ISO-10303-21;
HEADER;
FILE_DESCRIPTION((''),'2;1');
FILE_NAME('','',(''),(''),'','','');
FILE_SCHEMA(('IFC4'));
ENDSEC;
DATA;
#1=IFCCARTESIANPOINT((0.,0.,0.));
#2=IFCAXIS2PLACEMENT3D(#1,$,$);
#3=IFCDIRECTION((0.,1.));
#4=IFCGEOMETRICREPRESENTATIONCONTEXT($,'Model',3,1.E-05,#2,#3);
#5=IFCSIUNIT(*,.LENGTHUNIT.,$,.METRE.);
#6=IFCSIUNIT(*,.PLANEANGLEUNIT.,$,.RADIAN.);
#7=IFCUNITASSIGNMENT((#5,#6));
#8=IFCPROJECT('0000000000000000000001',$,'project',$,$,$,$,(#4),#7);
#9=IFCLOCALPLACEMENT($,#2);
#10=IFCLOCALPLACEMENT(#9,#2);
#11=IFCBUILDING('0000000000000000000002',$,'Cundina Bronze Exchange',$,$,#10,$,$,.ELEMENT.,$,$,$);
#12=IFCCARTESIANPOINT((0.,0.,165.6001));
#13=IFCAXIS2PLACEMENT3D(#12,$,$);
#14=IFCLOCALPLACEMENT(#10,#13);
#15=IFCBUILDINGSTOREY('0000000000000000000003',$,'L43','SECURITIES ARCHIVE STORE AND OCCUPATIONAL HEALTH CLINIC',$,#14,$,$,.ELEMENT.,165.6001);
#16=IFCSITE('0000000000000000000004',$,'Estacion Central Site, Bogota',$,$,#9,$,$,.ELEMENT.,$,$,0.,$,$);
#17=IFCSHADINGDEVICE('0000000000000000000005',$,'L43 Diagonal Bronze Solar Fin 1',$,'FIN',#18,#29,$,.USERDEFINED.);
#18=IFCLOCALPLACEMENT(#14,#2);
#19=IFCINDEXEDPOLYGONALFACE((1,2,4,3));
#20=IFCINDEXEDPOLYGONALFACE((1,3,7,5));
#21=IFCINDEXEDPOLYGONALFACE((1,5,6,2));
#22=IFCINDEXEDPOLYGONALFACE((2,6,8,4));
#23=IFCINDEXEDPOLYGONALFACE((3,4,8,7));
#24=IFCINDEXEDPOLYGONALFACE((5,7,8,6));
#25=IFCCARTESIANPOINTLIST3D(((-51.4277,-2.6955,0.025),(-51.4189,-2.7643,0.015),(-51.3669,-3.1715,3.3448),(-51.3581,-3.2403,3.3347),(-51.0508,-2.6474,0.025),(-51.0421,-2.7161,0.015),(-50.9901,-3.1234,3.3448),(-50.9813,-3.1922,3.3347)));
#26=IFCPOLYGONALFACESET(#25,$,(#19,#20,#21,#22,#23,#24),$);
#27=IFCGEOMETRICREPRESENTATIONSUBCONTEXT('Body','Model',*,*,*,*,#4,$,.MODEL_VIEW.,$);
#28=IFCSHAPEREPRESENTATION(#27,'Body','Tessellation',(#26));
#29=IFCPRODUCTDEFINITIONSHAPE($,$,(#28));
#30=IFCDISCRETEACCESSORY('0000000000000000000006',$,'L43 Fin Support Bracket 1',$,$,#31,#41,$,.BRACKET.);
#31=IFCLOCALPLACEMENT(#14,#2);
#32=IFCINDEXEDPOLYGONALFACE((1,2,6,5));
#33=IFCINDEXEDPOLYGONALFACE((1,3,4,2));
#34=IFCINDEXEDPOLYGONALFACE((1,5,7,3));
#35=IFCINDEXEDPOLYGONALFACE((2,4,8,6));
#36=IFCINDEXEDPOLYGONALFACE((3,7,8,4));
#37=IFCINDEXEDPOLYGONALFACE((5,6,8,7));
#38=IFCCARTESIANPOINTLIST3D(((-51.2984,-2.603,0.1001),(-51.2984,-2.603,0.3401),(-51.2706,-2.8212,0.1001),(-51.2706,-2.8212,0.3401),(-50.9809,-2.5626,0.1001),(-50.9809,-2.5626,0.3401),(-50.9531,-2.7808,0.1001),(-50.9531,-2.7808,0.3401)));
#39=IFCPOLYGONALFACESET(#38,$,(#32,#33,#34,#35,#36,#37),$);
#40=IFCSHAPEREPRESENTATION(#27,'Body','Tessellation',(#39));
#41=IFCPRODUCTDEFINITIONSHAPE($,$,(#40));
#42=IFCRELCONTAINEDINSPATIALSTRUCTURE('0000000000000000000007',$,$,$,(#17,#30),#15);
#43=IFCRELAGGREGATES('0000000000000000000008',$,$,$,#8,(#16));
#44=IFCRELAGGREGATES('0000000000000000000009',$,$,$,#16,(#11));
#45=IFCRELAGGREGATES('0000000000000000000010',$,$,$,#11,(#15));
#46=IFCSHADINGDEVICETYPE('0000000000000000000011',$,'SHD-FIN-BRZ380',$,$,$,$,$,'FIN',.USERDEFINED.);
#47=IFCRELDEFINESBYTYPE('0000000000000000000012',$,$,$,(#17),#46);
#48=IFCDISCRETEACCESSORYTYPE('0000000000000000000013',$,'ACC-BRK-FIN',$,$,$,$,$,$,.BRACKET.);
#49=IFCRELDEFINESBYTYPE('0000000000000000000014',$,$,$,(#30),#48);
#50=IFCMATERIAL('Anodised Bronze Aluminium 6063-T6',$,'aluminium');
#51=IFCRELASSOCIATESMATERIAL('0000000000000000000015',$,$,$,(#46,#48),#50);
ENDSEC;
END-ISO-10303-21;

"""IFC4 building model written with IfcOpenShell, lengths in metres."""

from ifc_helpers import new_model, si_unit, direction, frame, origin, origin_2d, place, context, subcontext, project, spatial, rectangle, extrude, material, material_profile, profile_set, type_object, element, save


model = new_model("IFC4")

# Units and contexts
model_context = context("Model", 3, precision=1e-05, world=origin(), true_north=direction((0.0, 1.0)))
body_context = subcontext(model_context, "Body", "Model", "MODEL_VIEW")
ifc_project = project(units=[si_unit("LENGTHUNIT", "METRE"), si_unit("PLANEANGLEUNIT", "RADIAN")], contexts=[model_context])

# Site, building, storey
site_placement = place(None, origin())
site = spatial("IfcSite", under=ifc_project, at=site_placement, Name="Estacion Central Site, Bogota", CompositionType="ELEMENT", RefElevation=0.0)
building_placement = place(site_placement, origin())
building = spatial("IfcBuilding", under=site, at=building_placement, Name="Cundina Bronze Exchange", CompositionType="ELEMENT")
storey_placement = place(building_placement, frame((0.0, 0.0, 165.6001)))
storey = spatial("IfcBuildingStorey", under=building, at=storey_placement, Name="L43", Description="SECURITIES ARCHIVE STORE AND OCCUPATIONAL HEALTH CLINIC", CompositionType="ELEMENT", Elevation=165.6001)

# Shared definitions
ifc_material_1 = material(Name="Anodised Bronze Aluminium 6063-T6", Category="aluminium")

# Shading device
ifc_material_profile_1 = material_profile(ifc_material_1, rectangle(XDim=0.0701, YDim=0.3799, at=origin_2d()), Name="FIN70X380", Category="aluminium")
ifc_profile_set_1 = profile_set([ifc_material_profile_1], Name="Anodised Bronze Aluminium 6063-T6")
shading_device_type = type_object("IfcShadingDeviceType", Name="SHD-FIN-BRZ380", ElementType="FIN", PredefinedType="USERDEFINED", material=ifc_profile_set_1)
shading_device_placement = place(storey_placement, frame((-51.2349, -2.7058, 0.02), z_axis=(0.018123, -0.141928, 0.989711), x_axis=(-0.125361, 0.98174, 0.14308)))
element("IfcShadingDevice", 1, at=shading_device_placement, inside=storey, type_object=shading_device_type, Name="L43 Diagonal Bronze Solar Fin 1", ObjectType="FIN", PredefinedType="USERDEFINED", context=body_context, shape_type="SweptSolid", body=[
    extrude(rectangle(XDim=0.0701, YDim=0.3799, at=origin_2d()), origin(), (0.0, 0.0, 1.0), 3.3542),
])

# Discrete accessory
discrete_accessory_type = type_object("IfcDiscreteAccessoryType", Name="ACC-BRK-FIN", PredefinedType="BRACKET", material=ifc_material_1)
discrete_accessory_placement = place(storey_placement, frame((-51.1257, -2.6919, 0.1001), z_axis=(0.0, 0.0, 1.0), x_axis=(0.126476, -0.99197, 0.0)))
element("IfcDiscreteAccessory", 2, at=discrete_accessory_placement, inside=storey, type_object=discrete_accessory_type, Name="L43 Fin Support Bracket 1", PredefinedType="BRACKET", context=body_context, shape_type="SweptSolid", body=[
    extrude(rectangle(XDim=0.22, YDim=0.3201, at=origin_2d()), origin(), (0.0, 0.0, 1.0), 0.24),
])

save(model, "model.ifc")
